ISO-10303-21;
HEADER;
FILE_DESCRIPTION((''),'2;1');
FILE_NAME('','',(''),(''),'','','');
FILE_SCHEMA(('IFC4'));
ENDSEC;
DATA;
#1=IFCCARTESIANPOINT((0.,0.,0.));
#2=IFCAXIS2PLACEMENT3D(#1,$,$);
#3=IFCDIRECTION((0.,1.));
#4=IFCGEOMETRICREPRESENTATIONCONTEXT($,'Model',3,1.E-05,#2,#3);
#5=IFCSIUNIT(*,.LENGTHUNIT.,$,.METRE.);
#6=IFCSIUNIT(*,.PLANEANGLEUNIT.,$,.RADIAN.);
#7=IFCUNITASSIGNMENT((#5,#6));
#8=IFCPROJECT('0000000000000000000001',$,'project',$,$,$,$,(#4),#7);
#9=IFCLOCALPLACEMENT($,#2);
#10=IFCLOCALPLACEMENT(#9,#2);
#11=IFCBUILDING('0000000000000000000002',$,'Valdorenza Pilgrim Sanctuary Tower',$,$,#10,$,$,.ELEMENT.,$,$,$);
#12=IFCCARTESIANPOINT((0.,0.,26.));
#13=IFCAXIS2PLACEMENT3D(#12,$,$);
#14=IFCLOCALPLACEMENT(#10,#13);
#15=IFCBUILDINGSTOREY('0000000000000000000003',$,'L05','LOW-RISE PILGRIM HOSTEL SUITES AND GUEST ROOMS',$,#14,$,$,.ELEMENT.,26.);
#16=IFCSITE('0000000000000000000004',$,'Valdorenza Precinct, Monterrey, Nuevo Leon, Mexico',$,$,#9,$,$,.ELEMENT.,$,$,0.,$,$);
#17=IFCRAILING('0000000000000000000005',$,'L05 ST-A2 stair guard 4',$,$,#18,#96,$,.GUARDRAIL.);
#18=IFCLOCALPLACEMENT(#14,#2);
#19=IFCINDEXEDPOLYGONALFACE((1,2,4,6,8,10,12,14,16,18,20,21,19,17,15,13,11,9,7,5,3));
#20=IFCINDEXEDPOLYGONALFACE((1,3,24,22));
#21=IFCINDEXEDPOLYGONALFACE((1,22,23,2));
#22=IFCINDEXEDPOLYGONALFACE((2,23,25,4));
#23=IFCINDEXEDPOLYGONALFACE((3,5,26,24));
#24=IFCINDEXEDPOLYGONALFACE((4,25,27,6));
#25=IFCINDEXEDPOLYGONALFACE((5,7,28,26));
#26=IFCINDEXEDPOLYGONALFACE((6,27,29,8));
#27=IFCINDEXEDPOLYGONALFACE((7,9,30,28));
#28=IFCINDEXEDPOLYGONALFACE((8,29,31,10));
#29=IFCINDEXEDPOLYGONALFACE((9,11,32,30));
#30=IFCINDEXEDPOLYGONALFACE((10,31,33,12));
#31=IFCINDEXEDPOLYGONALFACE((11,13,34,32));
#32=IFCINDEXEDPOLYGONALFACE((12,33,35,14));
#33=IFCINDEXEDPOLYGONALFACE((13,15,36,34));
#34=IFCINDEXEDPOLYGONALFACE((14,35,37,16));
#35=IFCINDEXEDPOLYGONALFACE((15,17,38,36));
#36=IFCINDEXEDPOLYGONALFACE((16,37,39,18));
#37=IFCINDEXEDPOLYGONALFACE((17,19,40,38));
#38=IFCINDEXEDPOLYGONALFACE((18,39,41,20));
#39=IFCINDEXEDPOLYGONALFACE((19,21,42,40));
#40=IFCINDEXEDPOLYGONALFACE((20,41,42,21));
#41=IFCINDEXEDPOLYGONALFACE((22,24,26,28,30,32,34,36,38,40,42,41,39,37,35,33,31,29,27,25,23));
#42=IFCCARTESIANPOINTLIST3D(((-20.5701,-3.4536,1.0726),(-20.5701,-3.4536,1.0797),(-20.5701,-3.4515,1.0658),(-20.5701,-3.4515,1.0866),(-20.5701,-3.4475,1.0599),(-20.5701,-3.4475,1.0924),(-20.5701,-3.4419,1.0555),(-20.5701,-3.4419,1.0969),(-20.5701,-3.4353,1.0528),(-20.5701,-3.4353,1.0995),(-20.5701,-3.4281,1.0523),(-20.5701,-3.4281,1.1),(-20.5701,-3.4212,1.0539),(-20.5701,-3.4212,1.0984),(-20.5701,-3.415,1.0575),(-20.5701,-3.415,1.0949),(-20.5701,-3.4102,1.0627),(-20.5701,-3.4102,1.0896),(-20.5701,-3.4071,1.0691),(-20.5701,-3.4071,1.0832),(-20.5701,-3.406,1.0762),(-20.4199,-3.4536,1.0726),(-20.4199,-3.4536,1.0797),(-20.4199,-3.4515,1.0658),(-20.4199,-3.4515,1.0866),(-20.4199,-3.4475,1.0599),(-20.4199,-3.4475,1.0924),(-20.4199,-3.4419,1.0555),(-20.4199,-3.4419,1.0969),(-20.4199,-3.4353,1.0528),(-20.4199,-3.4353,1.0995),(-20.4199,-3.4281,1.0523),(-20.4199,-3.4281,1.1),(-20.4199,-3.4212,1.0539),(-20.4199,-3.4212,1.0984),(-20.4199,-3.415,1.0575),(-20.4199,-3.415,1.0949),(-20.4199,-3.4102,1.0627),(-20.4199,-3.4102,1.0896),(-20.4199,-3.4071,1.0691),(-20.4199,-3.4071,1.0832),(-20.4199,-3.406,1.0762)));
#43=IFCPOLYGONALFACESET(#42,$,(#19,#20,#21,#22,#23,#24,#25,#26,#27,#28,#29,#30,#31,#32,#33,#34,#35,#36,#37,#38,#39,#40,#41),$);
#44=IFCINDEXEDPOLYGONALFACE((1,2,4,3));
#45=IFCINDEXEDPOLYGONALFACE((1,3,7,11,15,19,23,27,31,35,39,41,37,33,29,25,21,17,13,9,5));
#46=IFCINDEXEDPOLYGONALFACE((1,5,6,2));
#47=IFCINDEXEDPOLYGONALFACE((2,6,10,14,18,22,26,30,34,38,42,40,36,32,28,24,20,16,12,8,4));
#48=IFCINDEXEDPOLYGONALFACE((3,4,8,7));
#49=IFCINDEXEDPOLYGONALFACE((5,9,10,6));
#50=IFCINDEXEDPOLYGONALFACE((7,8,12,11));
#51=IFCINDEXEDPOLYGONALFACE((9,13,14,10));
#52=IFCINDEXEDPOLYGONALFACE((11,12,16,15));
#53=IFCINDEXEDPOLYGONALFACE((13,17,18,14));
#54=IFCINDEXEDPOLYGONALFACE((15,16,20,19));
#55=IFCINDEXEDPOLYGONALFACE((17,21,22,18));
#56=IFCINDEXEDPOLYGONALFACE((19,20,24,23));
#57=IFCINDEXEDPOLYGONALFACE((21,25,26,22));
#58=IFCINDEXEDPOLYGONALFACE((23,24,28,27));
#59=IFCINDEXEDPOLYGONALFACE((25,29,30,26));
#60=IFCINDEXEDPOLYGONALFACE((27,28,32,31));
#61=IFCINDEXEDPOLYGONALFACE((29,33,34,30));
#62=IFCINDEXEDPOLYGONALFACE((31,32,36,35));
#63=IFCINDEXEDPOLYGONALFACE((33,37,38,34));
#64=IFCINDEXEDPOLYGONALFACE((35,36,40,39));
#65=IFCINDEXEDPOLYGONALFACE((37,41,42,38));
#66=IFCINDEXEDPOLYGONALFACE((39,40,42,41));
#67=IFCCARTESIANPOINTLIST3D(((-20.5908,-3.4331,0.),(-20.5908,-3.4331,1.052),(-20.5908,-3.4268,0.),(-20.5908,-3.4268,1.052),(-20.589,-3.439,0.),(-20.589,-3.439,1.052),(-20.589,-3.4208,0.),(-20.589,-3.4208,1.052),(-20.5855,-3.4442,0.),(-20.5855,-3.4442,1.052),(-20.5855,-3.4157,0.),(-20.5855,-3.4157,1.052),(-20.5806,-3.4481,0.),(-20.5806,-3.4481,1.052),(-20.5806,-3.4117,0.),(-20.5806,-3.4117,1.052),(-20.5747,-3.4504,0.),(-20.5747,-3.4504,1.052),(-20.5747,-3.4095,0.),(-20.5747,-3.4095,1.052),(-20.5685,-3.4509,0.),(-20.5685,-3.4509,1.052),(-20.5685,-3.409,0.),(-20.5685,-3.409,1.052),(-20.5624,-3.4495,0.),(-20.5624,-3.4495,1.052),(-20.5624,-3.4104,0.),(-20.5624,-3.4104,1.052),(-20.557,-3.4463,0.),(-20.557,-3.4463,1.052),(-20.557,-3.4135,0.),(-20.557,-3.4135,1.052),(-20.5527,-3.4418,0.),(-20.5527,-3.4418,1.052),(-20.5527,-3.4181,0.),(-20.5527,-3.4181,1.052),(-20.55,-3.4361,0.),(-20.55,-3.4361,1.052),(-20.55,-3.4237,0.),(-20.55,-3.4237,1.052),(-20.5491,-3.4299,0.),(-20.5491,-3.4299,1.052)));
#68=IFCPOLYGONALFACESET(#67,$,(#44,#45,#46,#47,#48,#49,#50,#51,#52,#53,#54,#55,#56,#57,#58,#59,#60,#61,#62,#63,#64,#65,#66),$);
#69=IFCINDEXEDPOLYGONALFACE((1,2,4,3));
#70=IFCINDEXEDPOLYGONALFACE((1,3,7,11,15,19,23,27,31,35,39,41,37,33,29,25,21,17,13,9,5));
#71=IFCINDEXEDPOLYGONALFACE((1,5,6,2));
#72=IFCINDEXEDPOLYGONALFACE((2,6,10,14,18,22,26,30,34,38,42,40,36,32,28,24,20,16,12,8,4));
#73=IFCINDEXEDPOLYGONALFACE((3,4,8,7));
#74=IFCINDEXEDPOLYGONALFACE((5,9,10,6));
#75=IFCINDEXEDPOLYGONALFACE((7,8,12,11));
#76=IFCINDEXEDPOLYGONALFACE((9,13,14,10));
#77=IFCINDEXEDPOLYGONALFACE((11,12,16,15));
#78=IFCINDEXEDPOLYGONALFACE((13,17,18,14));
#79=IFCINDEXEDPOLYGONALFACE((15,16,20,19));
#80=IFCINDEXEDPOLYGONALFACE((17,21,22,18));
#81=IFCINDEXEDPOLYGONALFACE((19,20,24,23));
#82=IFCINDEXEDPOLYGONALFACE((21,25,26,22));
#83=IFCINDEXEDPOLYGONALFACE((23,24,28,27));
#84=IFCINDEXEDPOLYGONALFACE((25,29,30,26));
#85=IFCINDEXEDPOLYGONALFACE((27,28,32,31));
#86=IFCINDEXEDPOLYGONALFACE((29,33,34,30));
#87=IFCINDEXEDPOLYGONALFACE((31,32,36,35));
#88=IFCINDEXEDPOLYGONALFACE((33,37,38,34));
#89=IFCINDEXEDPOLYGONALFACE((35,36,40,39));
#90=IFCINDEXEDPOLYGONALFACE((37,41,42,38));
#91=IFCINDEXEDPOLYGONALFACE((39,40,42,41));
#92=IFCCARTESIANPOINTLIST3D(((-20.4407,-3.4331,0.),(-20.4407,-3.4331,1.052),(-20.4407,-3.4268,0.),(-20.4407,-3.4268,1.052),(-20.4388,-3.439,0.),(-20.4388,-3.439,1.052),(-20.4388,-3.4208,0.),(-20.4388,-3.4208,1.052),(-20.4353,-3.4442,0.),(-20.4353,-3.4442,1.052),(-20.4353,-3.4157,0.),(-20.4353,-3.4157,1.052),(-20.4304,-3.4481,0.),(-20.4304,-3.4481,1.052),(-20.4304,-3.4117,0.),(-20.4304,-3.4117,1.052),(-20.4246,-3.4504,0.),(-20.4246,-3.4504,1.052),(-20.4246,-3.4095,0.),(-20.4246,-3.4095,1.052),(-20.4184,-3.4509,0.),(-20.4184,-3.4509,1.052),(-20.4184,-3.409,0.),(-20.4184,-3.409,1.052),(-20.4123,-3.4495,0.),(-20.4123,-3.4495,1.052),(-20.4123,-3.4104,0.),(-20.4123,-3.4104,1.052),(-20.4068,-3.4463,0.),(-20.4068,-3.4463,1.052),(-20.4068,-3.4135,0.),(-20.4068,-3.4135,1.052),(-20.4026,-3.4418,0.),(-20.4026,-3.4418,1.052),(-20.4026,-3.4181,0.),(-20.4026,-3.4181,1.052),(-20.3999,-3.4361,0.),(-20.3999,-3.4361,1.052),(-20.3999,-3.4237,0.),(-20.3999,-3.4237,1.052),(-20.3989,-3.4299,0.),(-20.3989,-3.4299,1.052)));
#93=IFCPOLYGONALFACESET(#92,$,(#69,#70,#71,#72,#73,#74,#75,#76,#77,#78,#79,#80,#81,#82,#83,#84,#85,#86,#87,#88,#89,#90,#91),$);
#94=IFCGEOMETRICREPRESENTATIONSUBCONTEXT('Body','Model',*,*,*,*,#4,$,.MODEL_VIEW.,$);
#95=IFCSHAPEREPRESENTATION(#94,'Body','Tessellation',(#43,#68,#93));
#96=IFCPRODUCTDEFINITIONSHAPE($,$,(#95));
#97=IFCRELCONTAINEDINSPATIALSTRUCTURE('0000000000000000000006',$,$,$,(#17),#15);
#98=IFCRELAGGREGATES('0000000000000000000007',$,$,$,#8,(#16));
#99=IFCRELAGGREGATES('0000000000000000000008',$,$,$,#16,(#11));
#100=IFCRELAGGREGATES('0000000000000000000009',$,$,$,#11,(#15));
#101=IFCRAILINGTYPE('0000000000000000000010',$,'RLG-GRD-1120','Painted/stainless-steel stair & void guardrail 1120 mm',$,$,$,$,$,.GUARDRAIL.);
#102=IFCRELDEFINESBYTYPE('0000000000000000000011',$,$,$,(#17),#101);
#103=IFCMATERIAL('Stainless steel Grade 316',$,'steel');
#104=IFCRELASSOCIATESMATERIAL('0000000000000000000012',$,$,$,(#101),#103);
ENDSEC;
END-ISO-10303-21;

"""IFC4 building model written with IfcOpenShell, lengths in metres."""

from ifc_helpers import new_model, si_unit, direction, frame, origin, origin_2d, place, context, subcontext, project, spatial, circle, extrude, material, type_object, element, save


model = new_model("IFC4")

# Units and contexts
model_context = context("Model", 3, precision=1e-05, world=origin(), true_north=direction((0.0, 1.0)))
body_context = subcontext(model_context, "Body", "Model", "MODEL_VIEW")
ifc_project = project(units=[si_unit("LENGTHUNIT", "METRE"), si_unit("PLANEANGLEUNIT", "RADIAN")], contexts=[model_context])

# Site, building, storey
site_placement = place(None, origin())
site = spatial("IfcSite", under=ifc_project, at=site_placement, Name="Valdorenza Precinct, Monterrey, Nuevo Leon, Mexico", CompositionType="ELEMENT", RefElevation=0.0)
building_placement = place(site_placement, origin())
building = spatial("IfcBuilding", under=site, at=building_placement, Name="Valdorenza Pilgrim Sanctuary Tower", CompositionType="ELEMENT")
storey_placement = place(building_placement, frame((0.0, 0.0, 26.0)))
storey = spatial("IfcBuildingStorey", under=building, at=storey_placement, Name="L05", Description="LOW-RISE PILGRIM HOSTEL SUITES AND GUEST ROOMS", CompositionType="ELEMENT", Elevation=26.0)

# Railing
ifc_material_1 = material(Name="Stainless steel Grade 316", Category="steel")
railing_type_1 = type_object("IfcRailingType", Name="RLG-GRD-1120", Description="Painted/stainless-steel stair & void guardrail 1120 mm", PredefinedType="GUARDRAIL", material=ifc_material_1)
railing_1_placement = place(storey_placement, frame((-20.5701, -3.4299, 0.0)))
element("IfcRailing", 1, at=railing_1_placement, inside=storey, type_object=railing_type_1, Name="L05 ST-A2 stair guard 4", PredefinedType="GUARDRAIL", context=body_context, shape_type="SweptSolid", body=[
    extrude(circle(Radius=0.0239, at=origin_2d()), frame((0.0, 0.0, 1.0762), z_axis=(1.0, 0.0, 0.0), x_axis=(0.0, 1.0, 0.0)), (0.0, 0.0, 1.0), 0.1501),
    extrude(circle(Radius=0.021, at=origin_2d()), origin(), (0.0, 0.0, 1.0), 1.052),
    extrude(circle(Radius=0.021, at=origin_2d()), frame((0.1501, 0.0, 0.0)), (0.0, 0.0, 1.0), 1.052),
])

save(model, "model.ifc")
